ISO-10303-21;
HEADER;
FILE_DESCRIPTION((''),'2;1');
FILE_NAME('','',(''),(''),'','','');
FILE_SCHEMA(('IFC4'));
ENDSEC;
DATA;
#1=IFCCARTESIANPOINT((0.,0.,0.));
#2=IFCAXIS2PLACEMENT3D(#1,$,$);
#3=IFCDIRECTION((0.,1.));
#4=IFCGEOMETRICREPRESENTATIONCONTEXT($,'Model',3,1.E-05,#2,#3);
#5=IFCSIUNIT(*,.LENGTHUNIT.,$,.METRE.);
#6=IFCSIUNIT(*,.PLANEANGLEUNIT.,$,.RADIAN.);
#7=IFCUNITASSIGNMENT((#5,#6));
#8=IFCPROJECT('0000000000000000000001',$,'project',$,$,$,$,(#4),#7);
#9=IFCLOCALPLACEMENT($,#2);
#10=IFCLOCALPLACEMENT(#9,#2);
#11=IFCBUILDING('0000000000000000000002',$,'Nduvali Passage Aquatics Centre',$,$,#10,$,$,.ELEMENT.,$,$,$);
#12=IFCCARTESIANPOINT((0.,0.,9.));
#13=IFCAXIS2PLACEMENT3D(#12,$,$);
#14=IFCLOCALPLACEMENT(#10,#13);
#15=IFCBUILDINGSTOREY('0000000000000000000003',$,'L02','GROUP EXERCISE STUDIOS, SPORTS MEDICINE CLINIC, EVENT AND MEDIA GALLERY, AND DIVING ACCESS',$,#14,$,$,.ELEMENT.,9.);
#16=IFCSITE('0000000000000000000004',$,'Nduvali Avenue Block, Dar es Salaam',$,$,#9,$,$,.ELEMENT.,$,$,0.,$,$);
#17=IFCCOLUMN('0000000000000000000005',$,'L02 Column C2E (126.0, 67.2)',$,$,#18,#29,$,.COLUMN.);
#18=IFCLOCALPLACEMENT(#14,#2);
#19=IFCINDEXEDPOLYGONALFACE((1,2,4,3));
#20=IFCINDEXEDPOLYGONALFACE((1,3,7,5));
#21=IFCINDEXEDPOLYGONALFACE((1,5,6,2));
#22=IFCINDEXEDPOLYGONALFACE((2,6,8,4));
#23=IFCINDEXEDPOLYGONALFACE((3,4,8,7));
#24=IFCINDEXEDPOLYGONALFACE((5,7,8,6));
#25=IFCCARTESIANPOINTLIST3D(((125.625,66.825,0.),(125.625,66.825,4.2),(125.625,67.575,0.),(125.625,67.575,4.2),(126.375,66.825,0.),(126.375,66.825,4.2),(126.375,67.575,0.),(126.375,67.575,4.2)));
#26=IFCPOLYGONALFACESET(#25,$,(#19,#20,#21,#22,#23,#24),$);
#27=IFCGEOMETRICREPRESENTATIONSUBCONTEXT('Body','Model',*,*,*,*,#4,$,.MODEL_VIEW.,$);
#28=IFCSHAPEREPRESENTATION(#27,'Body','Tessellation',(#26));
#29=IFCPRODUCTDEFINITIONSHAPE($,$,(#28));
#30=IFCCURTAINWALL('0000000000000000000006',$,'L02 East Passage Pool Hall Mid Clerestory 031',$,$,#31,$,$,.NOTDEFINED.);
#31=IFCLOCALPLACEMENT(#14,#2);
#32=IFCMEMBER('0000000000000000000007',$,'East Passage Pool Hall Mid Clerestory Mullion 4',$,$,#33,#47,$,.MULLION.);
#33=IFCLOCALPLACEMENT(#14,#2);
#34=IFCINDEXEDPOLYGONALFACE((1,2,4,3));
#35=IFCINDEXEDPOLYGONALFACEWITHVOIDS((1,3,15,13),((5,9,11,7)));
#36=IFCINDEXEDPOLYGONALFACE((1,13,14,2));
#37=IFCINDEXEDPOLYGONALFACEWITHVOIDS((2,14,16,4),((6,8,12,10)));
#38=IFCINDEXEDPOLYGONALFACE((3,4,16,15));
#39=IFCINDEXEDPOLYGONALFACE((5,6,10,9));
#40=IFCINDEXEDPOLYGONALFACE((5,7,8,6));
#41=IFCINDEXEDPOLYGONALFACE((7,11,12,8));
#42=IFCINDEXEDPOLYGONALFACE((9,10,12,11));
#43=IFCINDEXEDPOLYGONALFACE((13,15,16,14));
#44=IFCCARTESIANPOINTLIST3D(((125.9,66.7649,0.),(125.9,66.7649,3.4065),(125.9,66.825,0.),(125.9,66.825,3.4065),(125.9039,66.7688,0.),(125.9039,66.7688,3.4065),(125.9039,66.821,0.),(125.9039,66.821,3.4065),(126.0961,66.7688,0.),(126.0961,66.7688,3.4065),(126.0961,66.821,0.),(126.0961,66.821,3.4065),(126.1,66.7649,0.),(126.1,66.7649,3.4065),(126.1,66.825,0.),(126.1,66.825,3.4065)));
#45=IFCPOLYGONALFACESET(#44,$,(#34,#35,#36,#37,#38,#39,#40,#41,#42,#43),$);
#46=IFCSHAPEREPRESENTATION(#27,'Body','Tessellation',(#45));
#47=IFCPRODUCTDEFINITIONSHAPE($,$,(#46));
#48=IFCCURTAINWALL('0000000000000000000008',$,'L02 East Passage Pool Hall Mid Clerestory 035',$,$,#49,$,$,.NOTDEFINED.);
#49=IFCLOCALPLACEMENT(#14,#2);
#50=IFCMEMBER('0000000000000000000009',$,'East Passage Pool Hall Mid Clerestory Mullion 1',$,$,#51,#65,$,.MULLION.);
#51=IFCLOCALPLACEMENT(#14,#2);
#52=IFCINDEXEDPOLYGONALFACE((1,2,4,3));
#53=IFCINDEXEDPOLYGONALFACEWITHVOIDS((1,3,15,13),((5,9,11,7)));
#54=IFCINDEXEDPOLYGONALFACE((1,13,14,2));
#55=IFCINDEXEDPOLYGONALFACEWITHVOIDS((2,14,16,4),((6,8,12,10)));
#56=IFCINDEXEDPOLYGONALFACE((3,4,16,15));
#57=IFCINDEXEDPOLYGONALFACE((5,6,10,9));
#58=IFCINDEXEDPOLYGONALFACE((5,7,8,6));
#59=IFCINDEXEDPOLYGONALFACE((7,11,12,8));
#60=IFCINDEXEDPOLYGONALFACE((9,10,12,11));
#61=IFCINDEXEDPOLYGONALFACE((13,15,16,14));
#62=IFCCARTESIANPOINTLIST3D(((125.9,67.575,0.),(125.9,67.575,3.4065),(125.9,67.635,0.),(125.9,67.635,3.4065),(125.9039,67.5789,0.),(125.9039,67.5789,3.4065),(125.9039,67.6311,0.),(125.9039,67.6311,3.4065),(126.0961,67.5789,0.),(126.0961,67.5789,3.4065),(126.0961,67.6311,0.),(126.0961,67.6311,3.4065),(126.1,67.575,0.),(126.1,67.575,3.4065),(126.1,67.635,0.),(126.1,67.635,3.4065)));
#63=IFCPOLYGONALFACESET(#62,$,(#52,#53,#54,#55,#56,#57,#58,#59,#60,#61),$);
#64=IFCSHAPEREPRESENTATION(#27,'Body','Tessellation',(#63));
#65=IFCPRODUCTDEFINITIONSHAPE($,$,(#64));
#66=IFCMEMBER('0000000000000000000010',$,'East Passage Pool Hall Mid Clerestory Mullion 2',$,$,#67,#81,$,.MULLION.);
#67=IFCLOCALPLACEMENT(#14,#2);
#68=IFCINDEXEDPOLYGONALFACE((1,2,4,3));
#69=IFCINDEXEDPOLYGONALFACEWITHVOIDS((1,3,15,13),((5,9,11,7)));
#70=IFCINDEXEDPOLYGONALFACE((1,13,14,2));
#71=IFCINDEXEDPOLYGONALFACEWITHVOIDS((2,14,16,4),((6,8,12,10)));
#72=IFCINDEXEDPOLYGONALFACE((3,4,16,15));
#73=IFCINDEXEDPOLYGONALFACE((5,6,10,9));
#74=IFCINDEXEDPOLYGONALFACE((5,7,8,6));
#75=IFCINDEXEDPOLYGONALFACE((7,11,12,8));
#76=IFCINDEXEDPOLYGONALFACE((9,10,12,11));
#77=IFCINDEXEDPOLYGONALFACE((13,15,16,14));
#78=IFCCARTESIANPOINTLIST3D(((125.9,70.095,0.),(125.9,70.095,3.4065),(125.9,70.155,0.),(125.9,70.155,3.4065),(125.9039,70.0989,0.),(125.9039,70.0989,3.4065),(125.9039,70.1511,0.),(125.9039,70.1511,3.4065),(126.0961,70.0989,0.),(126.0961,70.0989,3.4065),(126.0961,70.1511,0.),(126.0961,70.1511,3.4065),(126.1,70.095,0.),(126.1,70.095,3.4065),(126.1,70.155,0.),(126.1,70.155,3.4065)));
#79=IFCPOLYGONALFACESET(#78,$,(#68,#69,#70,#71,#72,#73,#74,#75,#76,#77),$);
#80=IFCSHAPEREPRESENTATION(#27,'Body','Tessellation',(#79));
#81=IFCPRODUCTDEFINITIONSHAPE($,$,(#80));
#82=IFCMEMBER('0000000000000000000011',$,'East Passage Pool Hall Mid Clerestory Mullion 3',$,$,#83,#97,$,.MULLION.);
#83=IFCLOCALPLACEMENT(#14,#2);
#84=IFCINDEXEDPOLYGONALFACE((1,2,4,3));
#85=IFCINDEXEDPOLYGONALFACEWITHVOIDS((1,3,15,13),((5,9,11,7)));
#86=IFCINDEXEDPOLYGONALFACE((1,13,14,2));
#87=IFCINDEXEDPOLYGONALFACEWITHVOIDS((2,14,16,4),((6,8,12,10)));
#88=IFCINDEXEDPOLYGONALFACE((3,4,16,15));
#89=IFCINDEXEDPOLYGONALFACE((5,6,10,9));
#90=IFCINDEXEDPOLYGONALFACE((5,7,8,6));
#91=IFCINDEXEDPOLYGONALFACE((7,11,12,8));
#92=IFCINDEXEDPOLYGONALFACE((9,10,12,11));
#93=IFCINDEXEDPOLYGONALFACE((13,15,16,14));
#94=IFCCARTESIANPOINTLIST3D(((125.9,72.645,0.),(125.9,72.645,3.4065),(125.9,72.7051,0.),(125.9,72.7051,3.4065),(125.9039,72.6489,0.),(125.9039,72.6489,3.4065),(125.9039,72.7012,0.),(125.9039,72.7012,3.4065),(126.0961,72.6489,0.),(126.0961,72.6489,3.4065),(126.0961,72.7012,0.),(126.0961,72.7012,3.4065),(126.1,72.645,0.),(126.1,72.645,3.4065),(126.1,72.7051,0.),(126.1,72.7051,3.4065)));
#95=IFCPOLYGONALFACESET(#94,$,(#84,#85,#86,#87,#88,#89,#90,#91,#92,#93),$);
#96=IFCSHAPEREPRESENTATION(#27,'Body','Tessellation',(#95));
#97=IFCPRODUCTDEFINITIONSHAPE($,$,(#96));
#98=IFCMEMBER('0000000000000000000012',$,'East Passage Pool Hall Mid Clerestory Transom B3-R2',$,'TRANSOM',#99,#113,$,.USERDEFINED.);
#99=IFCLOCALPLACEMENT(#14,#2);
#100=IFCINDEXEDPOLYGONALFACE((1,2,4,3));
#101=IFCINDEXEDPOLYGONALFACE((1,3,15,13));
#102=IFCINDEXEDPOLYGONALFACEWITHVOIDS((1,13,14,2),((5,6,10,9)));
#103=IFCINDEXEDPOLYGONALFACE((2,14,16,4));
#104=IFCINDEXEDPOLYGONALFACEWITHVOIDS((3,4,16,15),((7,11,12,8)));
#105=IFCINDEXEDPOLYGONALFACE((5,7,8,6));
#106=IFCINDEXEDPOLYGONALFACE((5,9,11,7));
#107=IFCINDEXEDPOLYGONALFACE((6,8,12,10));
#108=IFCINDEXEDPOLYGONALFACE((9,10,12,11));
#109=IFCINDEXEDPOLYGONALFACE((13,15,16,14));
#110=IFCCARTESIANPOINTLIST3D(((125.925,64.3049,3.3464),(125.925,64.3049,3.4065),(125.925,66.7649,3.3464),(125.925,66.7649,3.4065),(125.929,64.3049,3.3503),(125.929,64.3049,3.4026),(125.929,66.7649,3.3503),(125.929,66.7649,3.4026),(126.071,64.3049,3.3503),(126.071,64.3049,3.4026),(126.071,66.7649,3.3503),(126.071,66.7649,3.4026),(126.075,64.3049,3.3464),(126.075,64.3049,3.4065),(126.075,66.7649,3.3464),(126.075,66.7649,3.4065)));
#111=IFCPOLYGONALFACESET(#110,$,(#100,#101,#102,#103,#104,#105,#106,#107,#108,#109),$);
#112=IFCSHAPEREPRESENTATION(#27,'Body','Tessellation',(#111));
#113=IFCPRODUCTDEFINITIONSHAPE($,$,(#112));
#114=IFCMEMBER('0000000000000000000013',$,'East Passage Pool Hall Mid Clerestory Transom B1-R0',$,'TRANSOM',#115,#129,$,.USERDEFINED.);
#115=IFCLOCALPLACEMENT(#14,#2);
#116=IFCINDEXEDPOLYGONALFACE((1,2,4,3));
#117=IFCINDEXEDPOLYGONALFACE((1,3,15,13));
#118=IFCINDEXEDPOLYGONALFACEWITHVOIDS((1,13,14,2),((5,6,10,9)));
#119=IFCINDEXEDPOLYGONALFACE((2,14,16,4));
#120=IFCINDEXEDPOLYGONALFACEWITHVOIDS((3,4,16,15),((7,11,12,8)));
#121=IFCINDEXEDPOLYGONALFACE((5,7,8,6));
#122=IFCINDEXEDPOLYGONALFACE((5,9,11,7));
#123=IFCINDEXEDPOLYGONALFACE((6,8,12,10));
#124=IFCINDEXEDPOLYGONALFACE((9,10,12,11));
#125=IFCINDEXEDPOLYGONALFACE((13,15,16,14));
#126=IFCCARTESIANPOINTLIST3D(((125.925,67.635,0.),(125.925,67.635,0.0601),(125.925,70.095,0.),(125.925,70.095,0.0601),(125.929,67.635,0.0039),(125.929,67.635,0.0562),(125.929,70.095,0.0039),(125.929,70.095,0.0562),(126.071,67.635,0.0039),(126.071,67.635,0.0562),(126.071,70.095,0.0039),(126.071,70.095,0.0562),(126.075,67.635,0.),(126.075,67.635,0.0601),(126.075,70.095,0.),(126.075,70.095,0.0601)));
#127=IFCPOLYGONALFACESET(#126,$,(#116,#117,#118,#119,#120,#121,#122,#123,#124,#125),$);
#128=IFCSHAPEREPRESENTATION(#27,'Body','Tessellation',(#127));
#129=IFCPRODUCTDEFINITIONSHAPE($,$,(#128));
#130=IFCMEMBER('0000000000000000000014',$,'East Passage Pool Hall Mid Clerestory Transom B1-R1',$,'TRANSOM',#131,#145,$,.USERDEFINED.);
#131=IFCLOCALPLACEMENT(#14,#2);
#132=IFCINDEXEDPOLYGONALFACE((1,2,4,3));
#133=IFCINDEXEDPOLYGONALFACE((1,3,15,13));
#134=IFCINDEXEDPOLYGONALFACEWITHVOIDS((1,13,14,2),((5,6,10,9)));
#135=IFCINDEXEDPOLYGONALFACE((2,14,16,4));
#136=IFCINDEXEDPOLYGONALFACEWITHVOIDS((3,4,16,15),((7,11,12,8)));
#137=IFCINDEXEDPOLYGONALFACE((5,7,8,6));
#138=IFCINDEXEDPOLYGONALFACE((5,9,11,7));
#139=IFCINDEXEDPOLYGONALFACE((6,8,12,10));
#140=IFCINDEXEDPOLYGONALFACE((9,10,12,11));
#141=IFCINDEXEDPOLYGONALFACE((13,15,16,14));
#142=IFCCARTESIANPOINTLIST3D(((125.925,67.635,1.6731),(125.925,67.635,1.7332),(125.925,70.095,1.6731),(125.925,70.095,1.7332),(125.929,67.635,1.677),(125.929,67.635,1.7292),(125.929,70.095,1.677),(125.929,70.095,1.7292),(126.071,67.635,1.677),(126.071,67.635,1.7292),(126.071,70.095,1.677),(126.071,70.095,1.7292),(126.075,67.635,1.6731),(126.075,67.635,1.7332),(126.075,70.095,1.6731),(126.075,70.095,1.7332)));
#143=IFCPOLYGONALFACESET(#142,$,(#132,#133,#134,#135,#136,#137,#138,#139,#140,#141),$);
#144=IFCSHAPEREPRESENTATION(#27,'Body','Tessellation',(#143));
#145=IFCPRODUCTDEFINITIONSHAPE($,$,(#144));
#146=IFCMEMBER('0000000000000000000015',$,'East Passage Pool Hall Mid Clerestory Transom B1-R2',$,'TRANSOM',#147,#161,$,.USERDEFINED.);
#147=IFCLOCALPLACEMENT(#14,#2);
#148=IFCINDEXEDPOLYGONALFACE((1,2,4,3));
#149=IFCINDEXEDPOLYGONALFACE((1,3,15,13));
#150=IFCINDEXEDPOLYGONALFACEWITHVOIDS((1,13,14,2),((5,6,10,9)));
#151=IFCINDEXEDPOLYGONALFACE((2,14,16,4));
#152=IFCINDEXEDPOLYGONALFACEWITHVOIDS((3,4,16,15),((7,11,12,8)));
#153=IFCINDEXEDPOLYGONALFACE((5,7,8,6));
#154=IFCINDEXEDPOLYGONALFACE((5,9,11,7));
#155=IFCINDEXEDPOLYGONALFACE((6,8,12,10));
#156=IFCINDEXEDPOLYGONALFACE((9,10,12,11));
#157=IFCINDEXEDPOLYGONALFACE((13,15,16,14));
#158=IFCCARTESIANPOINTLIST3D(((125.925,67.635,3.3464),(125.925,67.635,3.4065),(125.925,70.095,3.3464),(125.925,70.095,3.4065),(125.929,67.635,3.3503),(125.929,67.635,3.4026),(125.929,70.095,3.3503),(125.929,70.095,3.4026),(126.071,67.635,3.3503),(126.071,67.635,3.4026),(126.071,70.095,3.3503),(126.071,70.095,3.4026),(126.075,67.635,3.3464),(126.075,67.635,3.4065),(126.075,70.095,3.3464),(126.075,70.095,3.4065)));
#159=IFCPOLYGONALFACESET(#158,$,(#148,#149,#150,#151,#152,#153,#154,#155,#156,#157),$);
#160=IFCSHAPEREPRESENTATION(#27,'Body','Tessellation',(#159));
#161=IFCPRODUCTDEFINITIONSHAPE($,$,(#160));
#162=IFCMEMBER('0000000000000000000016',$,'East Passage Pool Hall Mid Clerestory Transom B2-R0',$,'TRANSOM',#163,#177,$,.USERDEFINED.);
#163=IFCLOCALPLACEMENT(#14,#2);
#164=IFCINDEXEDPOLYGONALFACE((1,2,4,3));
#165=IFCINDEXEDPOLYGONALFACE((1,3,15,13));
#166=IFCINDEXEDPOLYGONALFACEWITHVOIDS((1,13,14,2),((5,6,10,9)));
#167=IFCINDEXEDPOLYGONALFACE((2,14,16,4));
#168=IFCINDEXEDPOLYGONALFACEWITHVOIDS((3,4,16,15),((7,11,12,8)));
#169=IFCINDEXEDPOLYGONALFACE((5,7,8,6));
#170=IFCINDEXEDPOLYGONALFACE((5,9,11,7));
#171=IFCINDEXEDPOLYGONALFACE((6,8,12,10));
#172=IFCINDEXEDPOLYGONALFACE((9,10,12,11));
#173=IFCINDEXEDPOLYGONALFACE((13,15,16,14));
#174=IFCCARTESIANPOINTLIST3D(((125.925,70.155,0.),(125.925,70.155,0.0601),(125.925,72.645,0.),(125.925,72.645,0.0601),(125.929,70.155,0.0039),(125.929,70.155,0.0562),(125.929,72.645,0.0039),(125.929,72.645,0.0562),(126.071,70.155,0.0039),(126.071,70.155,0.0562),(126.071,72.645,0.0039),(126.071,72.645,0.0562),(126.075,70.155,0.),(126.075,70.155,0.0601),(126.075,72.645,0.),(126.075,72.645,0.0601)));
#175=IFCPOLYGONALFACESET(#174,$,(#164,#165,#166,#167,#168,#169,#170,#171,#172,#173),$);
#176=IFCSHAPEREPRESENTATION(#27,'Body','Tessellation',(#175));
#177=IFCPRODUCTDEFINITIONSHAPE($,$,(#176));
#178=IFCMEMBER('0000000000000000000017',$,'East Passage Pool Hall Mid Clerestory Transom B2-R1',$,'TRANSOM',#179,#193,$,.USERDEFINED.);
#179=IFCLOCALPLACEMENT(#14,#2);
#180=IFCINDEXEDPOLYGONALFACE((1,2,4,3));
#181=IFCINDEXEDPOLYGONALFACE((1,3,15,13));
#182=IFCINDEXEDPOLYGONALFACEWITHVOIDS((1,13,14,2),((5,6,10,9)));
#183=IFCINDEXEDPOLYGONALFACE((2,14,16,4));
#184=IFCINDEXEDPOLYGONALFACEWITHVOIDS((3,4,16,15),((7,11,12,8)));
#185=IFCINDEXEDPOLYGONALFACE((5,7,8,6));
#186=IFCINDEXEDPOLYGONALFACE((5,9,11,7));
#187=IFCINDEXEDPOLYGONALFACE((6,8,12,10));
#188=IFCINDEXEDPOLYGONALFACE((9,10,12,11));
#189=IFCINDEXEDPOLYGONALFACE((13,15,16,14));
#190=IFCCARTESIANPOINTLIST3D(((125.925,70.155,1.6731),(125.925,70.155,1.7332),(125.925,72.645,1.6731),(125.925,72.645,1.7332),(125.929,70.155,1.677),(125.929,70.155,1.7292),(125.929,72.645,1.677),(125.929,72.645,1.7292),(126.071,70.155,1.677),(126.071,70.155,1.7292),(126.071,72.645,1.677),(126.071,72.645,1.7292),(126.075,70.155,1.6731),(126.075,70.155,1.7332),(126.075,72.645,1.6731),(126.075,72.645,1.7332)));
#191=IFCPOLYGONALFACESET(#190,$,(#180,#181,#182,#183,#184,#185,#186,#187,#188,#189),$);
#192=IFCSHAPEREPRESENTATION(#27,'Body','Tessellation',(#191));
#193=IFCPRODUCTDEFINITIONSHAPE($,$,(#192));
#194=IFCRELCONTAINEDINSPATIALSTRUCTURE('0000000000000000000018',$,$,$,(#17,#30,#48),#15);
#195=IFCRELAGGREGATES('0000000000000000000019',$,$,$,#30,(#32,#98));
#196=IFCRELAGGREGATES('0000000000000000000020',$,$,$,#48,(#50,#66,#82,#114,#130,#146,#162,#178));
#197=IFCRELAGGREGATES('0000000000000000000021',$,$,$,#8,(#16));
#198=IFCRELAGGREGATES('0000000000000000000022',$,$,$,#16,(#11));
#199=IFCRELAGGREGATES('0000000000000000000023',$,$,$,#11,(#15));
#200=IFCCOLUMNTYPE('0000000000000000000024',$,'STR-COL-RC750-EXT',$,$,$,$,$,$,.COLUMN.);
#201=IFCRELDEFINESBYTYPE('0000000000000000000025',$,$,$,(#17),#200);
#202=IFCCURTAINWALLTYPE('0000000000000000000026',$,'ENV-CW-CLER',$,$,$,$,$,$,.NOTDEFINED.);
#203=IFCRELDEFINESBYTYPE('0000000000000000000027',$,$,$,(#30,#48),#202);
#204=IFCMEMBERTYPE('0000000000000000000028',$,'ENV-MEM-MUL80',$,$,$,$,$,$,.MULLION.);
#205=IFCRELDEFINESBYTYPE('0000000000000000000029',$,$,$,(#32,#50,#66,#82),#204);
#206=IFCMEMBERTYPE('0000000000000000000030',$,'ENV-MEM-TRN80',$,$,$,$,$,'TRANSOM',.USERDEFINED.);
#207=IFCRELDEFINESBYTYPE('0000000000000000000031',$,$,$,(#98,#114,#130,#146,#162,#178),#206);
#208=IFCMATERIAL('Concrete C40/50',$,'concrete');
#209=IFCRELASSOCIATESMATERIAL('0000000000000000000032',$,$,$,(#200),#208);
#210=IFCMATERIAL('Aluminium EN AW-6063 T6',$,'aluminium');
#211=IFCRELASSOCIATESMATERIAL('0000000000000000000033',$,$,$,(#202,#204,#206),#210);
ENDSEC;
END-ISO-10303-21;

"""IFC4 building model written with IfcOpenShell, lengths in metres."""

from ifc_helpers import new_model, si_unit, direction, frame, origin, origin_2d, place, context, subcontext, project, spatial, rectangle, hollow_rectangle, extrude, material, material_profile, profile_set, type_object, element, aggregate, save


model = new_model("IFC4")

# Units and contexts
model_context = context("Model", 3, precision=1e-05, world=origin(), true_north=direction((0.0, 1.0)))
body_context = subcontext(model_context, "Body", "Model", "MODEL_VIEW")
ifc_project = project(units=[si_unit("LENGTHUNIT", "METRE"), si_unit("PLANEANGLEUNIT", "RADIAN")], contexts=[model_context])

# Site, building, storey
site_placement = place(None, origin())
site = spatial("IfcSite", under=ifc_project, at=site_placement, Name="Nduvali Avenue Block, Dar es Salaam", CompositionType="ELEMENT", RefElevation=0.0)
building_placement = place(site_placement, origin())
building = spatial("IfcBuilding", under=site, at=building_placement, Name="Nduvali Passage Aquatics Centre", CompositionType="ELEMENT")
storey_placement = place(building_placement, frame((0.0, 0.0, 9.0)))
storey = spatial("IfcBuildingStorey", under=building, at=storey_placement, Name="L02", Description="GROUP EXERCISE STUDIOS, SPORTS MEDICINE CLINIC, EVENT AND MEDIA GALLERY, AND DIVING ACCESS", CompositionType="ELEMENT", Elevation=9.0)

# Column
ifc_material_1 = material(Name="Concrete C40/50", Category="concrete")
ifc_material_profile_1 = material_profile(ifc_material_1, rectangle(XDim=0.75, YDim=0.75, at=origin_2d()), Name="RC 750x750")
ifc_profile_set_1 = profile_set([ifc_material_profile_1], Name="Concrete C40/50")
column_type = type_object("IfcColumnType", Name="STR-COL-RC750-EXT", PredefinedType="COLUMN", material=ifc_profile_set_1)
column_placement = place(storey_placement, frame((126.0, 67.2, 0.0), z_axis=(0.0, 0.0, 1.0), x_axis=(1.0, 0.0, 0.0)))
element("IfcColumn", 1, at=column_placement, inside=storey, type_object=column_type, Name="L02 Column C2E (126.0, 67.2)", PredefinedType="COLUMN", context=body_context, shape_type="SweptSolid", body=[
    extrude(rectangle(XDim=0.75, YDim=0.75, at=origin_2d()), origin(), (0.0, 0.0, 1.0), 4.2),
])

# Curtain wall, member
ifc_material_2 = material(Name="Aluminium EN AW-6063 T6", Category="aluminium")
curtain_wall_type = type_object("IfcCurtainWallType", Name="ENV-CW-CLER", PredefinedType="NOTDEFINED", material=ifc_material_2)
curtain_wall_1_placement = place(storey_placement, origin())
curtain_wall_1 = element("IfcCurtainWall", 2, at=curtain_wall_1_placement, inside=storey, type_object=curtain_wall_type, Name="L02 East Passage Pool Hall Mid Clerestory 031", PredefinedType="NOTDEFINED")
ifc_material_profile_2 = material_profile(ifc_material_2, hollow_rectangle(XDim=0.0601, YDim=0.2, WallThickness=0.0039, at=origin_2d()), Name="ALU MULLION 60x200x4")
ifc_profile_set_2 = profile_set([ifc_material_profile_2], Name="Aluminium EN AW-6063 T6")
member_type_1 = type_object("IfcMemberType", Name="ENV-MEM-MUL80", PredefinedType="MULLION", material=ifc_profile_set_2)
member_1_placement = place(storey_placement, frame((126.0, 66.7949, 0.0), z_axis=(0.0, 0.0, 1.0), x_axis=(0.0, 1.0, 0.0)))
member_1 = element("IfcMember", 3, at=member_1_placement, type_object=member_type_1, Name="East Passage Pool Hall Mid Clerestory Mullion 4", PredefinedType="MULLION", context=body_context, shape_type="SweptSolid", body=[
    extrude(hollow_rectangle(XDim=0.0601, YDim=0.2, WallThickness=0.0039, at=origin_2d()), origin(), (0.0, 0.0, 1.0), 3.4065),
])

# Curtain wall, members
curtain_wall_2_placement = place(storey_placement, origin())
curtain_wall_2 = element("IfcCurtainWall", 4, at=curtain_wall_2_placement, inside=storey, type_object=curtain_wall_type, Name="L02 East Passage Pool Hall Mid Clerestory 035", PredefinedType="NOTDEFINED")
member_2_placement = place(storey_placement, frame((126.0, 67.605, 0.0), z_axis=(0.0, 0.0, 1.0), x_axis=(0.0, 1.0, 0.0)))
member_2 = element("IfcMember", 5, at=member_2_placement, type_object=member_type_1, Name="East Passage Pool Hall Mid Clerestory Mullion 1", PredefinedType="MULLION", context=body_context, shape_type="SweptSolid", body=[
    extrude(hollow_rectangle(XDim=0.0601, YDim=0.2, WallThickness=0.0039, at=origin_2d()), origin(), (0.0, 0.0, 1.0), 3.4065),
])
member_3_placement = place(storey_placement, frame((126.0, 70.125, 0.0), z_axis=(0.0, 0.0, 1.0), x_axis=(0.0, 1.0, 0.0)))
member_3 = element("IfcMember", 6, at=member_3_placement, type_object=member_type_1, Name="East Passage Pool Hall Mid Clerestory Mullion 2", PredefinedType="MULLION", context=body_context, shape_type="SweptSolid", body=[
    extrude(hollow_rectangle(XDim=0.0601, YDim=0.2, WallThickness=0.0039, at=origin_2d()), origin(), (0.0, 0.0, 1.0), 3.4065),
])
member_4_placement = place(storey_placement, frame((126.0, 72.675, 0.0), z_axis=(0.0, 0.0, 1.0), x_axis=(0.0, 1.0, 0.0)))
member_4 = element("IfcMember", 7, at=member_4_placement, type_object=member_type_1, Name="East Passage Pool Hall Mid Clerestory Mullion 3", PredefinedType="MULLION", context=body_context, shape_type="SweptSolid", body=[
    extrude(hollow_rectangle(XDim=0.0601, YDim=0.2, WallThickness=0.0039, at=origin_2d()), origin(), (0.0, 0.0, 1.0), 3.4065),
])

# Members
ifc_material_profile_3 = material_profile(ifc_material_2, hollow_rectangle(XDim=0.1499, YDim=0.0601, WallThickness=0.0039, at=origin_2d()), Name="ALU TRANSOM 150x60x4")
ifc_profile_set_3 = profile_set([ifc_material_profile_3], Name="Aluminium EN AW-6063 T6")
member_type_2 = type_object("IfcMemberType", Name="ENV-MEM-TRN80", ElementType="TRANSOM", PredefinedType="USERDEFINED", material=ifc_profile_set_3)
member_5_placement = place(storey_placement, frame((126.0, 64.3049, 3.3765), z_axis=(0.0, 1.0, 0.0), x_axis=(-1.0, 0.0, 0.0)))
member_5 = element("IfcMember", 8, at=member_5_placement, type_object=member_type_2, Name="East Passage Pool Hall Mid Clerestory Transom B3-R2", ObjectType="TRANSOM", PredefinedType="USERDEFINED", context=body_context, shape_type="SweptSolid", body=[
    extrude(hollow_rectangle(XDim=0.1499, YDim=0.0601, WallThickness=0.0039, at=origin_2d()), origin(), (0.0, 0.0, 1.0), 2.46),
])
member_6_placement = place(storey_placement, frame((126.0, 67.635, 0.03), z_axis=(0.0, 1.0, 0.0), x_axis=(-1.0, 0.0, 0.0)))
member_6 = element("IfcMember", 9, at=member_6_placement, type_object=member_type_2, Name="East Passage Pool Hall Mid Clerestory Transom B1-R0", ObjectType="TRANSOM", PredefinedType="USERDEFINED", context=body_context, shape_type="SweptSolid", body=[
    extrude(hollow_rectangle(XDim=0.1499, YDim=0.0601, WallThickness=0.0039, at=origin_2d()), origin(), (0.0, 0.0, 1.0), 2.46),
])
member_7_placement = place(storey_placement, frame((126.0, 67.635, 1.7031), z_axis=(0.0, 1.0, 0.0), x_axis=(-1.0, 0.0, 0.0)))
member_7 = element("IfcMember", 10, at=member_7_placement, type_object=member_type_2, Name="East Passage Pool Hall Mid Clerestory Transom B1-R1", ObjectType="TRANSOM", PredefinedType="USERDEFINED", context=body_context, shape_type="SweptSolid", body=[
    extrude(hollow_rectangle(XDim=0.1499, YDim=0.0601, WallThickness=0.0039, at=origin_2d()), origin(), (0.0, 0.0, 1.0), 2.46),
])
member_8_placement = place(storey_placement, frame((126.0, 67.635, 3.3765), z_axis=(0.0, 1.0, 0.0), x_axis=(-1.0, 0.0, 0.0)))
member_8 = element("IfcMember", 11, at=member_8_placement, type_object=member_type_2, Name="East Passage Pool Hall Mid Clerestory Transom B1-R2", ObjectType="TRANSOM", PredefinedType="USERDEFINED", context=body_context, shape_type="SweptSolid", body=[
    extrude(hollow_rectangle(XDim=0.1499, YDim=0.0601, WallThickness=0.0039, at=origin_2d()), origin(), (0.0, 0.0, 1.0), 2.46),
])
member_9_placement = place(storey_placement, frame((126.0, 70.155, 0.03), z_axis=(0.0, 1.0, 0.0), x_axis=(-1.0, 0.0, 0.0)))
member_9 = element("IfcMember", 12, at=member_9_placement, type_object=member_type_2, Name="East Passage Pool Hall Mid Clerestory Transom B2-R0", ObjectType="TRANSOM", PredefinedType="USERDEFINED", context=body_context, shape_type="SweptSolid", body=[
    extrude(hollow_rectangle(XDim=0.1499, YDim=0.0601, WallThickness=0.0039, at=origin_2d()), origin(), (0.0, 0.0, 1.0), 2.49),
])
member_10_placement = place(storey_placement, frame((126.0, 70.155, 1.7031), z_axis=(0.0, 1.0, 0.0), x_axis=(-1.0, 0.0, 0.0)))
member_10 = element("IfcMember", 13, at=member_10_placement, type_object=member_type_2, Name="East Passage Pool Hall Mid Clerestory Transom B2-R1", ObjectType="TRANSOM", PredefinedType="USERDEFINED", context=body_context, shape_type="SweptSolid", body=[
    extrude(hollow_rectangle(XDim=0.1499, YDim=0.0601, WallThickness=0.0039, at=origin_2d()), origin(), (0.0, 0.0, 1.0), 2.49),
])

aggregate(curtain_wall_1, [member_1, member_5])
aggregate(curtain_wall_2, [member_2, member_3, member_4, member_6, member_7, member_8, member_9, member_10])

save(model, "model.ifc")
